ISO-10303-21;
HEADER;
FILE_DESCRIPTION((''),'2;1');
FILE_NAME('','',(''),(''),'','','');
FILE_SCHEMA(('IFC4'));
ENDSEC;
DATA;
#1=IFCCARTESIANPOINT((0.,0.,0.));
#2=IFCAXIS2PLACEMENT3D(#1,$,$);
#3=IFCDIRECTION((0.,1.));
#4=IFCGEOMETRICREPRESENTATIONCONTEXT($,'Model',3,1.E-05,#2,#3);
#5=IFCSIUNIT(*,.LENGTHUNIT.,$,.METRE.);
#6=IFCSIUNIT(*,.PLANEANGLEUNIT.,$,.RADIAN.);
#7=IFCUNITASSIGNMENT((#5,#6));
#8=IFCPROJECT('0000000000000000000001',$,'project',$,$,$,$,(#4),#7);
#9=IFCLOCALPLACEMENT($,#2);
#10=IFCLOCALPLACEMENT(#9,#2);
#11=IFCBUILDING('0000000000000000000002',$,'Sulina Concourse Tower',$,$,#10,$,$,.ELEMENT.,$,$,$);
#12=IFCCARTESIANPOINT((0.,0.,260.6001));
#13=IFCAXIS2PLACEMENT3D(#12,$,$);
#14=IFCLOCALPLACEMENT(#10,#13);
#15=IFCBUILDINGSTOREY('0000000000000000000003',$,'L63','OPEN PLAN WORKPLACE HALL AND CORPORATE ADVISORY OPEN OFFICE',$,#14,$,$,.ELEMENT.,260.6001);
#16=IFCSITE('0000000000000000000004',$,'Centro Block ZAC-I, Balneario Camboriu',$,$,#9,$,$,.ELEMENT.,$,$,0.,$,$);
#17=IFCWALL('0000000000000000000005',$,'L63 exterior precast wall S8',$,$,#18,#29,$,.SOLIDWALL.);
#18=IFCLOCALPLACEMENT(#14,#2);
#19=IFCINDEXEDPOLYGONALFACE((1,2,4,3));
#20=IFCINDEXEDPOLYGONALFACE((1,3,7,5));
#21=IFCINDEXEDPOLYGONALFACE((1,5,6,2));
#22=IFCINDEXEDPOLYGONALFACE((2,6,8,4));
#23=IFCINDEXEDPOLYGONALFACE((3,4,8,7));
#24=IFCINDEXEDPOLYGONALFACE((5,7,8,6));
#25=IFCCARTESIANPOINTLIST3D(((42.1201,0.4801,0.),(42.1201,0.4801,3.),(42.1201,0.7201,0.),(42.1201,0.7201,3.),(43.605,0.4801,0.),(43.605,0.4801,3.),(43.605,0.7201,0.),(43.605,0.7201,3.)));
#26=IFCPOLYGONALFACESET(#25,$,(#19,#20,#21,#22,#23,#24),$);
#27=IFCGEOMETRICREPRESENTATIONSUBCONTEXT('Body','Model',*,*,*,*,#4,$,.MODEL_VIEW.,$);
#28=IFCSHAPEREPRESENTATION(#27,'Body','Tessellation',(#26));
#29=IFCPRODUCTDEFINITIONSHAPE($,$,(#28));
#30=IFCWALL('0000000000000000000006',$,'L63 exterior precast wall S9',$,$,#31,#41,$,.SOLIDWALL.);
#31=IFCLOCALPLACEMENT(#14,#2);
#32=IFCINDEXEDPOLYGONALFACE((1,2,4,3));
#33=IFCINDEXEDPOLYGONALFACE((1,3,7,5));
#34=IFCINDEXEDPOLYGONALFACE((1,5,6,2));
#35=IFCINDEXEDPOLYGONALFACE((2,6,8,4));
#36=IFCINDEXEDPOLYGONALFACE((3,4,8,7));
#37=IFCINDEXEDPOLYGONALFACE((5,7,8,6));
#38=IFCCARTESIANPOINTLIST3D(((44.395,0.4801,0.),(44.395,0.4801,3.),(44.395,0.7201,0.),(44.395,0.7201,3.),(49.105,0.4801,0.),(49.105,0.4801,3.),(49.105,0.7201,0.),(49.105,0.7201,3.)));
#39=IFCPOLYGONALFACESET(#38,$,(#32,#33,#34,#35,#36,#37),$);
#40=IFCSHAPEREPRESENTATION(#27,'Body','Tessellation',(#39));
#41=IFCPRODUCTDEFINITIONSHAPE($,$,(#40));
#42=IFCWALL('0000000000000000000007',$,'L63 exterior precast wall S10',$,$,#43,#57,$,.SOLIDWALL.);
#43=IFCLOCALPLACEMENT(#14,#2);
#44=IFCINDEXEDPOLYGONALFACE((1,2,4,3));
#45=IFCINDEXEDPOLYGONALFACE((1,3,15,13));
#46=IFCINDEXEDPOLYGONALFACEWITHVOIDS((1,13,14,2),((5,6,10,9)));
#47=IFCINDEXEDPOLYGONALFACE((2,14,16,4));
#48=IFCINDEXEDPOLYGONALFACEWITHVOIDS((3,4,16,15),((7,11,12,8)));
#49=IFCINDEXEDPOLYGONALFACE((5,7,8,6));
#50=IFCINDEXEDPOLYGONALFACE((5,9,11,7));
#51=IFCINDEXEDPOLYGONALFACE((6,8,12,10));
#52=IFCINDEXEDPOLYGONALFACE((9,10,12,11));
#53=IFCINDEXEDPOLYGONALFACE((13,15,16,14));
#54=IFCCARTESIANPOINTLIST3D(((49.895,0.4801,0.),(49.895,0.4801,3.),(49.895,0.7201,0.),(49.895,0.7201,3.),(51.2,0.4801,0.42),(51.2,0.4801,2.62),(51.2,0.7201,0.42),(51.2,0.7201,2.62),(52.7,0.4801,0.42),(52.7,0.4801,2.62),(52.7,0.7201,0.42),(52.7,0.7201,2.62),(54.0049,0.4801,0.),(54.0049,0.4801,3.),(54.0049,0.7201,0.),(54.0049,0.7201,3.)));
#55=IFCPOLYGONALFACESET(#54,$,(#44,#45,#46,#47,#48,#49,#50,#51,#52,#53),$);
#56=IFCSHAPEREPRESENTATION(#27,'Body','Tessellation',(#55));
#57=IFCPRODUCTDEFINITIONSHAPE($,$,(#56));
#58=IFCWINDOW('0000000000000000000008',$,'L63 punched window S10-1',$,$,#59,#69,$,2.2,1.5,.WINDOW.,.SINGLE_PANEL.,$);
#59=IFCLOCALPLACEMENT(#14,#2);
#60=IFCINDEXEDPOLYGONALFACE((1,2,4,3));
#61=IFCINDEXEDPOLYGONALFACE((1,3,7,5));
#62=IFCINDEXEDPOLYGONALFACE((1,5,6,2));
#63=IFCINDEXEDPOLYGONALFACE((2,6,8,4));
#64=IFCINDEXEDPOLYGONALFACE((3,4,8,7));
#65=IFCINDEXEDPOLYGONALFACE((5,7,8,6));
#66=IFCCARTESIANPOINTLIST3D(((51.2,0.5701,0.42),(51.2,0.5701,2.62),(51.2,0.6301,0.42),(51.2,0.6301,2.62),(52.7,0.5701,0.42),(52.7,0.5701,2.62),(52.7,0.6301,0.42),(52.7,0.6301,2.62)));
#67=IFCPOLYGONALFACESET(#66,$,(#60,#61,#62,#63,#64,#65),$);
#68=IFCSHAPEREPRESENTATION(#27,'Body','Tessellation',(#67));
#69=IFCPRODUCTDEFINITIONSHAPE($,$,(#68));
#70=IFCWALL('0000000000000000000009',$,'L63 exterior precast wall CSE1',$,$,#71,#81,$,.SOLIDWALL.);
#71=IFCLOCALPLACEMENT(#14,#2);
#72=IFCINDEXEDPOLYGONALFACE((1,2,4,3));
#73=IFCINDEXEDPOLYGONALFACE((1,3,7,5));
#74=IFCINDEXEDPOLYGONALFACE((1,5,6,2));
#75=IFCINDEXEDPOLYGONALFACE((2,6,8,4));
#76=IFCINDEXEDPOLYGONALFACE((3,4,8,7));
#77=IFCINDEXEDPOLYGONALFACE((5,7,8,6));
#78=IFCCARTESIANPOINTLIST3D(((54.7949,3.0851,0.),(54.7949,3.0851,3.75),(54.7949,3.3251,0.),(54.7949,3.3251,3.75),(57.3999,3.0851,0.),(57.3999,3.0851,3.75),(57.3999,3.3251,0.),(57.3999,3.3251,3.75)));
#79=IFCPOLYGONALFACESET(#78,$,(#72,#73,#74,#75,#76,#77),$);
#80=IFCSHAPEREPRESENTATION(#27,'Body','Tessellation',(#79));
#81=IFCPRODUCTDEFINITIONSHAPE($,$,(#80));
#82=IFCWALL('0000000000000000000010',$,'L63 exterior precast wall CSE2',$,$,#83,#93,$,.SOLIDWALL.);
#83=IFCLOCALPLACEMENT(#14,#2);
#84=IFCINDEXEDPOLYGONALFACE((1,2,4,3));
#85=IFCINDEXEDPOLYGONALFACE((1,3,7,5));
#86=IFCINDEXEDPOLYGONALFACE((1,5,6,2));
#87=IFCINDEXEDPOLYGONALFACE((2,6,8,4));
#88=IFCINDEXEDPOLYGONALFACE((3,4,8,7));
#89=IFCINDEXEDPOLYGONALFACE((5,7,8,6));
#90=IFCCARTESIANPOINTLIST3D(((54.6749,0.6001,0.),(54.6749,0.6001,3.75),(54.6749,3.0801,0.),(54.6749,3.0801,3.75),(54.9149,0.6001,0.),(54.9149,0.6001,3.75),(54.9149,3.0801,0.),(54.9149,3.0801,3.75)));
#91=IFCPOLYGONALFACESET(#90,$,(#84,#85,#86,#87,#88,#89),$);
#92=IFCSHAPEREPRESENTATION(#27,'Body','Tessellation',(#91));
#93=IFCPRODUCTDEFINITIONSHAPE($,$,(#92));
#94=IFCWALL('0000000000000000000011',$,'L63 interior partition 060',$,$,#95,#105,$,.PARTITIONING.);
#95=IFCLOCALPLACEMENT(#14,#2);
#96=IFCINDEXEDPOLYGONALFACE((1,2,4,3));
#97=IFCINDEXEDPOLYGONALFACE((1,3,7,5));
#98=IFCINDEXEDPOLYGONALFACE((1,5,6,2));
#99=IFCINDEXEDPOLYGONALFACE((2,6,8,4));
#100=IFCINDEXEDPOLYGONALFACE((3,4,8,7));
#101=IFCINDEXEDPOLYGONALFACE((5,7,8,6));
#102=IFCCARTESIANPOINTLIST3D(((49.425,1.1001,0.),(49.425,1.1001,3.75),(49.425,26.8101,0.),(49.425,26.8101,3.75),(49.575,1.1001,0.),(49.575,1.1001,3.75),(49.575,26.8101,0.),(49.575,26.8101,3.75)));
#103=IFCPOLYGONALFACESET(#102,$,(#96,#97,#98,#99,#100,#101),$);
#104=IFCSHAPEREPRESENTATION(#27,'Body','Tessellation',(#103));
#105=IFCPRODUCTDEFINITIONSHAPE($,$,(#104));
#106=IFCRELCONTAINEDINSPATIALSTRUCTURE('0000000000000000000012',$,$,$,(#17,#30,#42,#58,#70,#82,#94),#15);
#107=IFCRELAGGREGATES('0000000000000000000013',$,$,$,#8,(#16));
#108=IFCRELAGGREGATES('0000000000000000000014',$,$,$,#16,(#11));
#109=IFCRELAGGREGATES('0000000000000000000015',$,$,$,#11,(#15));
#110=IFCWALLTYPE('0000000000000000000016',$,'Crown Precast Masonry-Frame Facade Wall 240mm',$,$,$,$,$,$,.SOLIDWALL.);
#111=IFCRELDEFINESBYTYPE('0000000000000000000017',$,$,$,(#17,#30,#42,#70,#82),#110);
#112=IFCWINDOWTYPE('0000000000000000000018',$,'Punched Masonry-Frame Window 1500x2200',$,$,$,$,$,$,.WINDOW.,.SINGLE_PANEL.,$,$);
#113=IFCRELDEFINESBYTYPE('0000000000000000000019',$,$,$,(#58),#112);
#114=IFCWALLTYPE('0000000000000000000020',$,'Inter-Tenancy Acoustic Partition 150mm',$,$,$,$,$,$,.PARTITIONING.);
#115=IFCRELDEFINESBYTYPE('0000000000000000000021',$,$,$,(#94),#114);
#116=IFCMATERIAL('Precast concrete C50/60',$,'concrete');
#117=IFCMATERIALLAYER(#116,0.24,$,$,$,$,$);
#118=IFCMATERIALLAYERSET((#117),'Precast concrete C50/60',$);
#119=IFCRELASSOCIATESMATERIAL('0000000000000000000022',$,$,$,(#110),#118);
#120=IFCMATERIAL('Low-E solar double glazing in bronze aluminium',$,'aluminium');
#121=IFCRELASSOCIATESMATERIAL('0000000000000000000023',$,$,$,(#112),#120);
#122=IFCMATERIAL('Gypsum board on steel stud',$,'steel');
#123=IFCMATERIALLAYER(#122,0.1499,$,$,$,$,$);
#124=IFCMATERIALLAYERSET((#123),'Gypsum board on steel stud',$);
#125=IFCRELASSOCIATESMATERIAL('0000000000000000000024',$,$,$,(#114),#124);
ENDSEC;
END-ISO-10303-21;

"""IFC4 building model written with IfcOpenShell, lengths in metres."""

from ifc_helpers import new_model, si_unit, direction, frame, frame_2d, origin, place, context, subcontext, project, spatial, rectangle, extrude, material, layer, layer_set, type_object, element, fill, save


model = new_model("IFC4")

# Units and contexts
model_context = context("Model", 3, precision=1e-05, world=origin(), true_north=direction((0.0, 1.0)))
body_context = subcontext(model_context, "Body", "Model", "MODEL_VIEW")
ifc_project = project(units=[si_unit("LENGTHUNIT", "METRE"), si_unit("PLANEANGLEUNIT", "RADIAN")], contexts=[model_context])

# Site, building, storey
site_placement = place(None, origin())
site = spatial("IfcSite", under=ifc_project, at=site_placement, Name="Centro Block ZAC-I, Balneario Camboriu", CompositionType="ELEMENT", RefElevation=0.0)
building_placement = place(site_placement, origin())
building = spatial("IfcBuilding", under=site, at=building_placement, Name="Sulina Concourse Tower", CompositionType="ELEMENT")
storey_placement = place(building_placement, frame((0.0, 0.0, 260.6001)))
storey = spatial("IfcBuildingStorey", under=building, at=storey_placement, Name="L63", Description="OPEN PLAN WORKPLACE HALL AND CORPORATE ADVISORY OPEN OFFICE", CompositionType="ELEMENT", Elevation=260.6001)

# Walls
ifc_material_1 = material(Name="Precast concrete C50/60", Category="concrete")
ifc_layer_1 = layer(ifc_material_1, 0.24)
ifc_layer_set_1 = layer_set([ifc_layer_1], Name="Precast concrete C50/60")
wall_type_1 = type_object("IfcWallType", Name="Crown Precast Masonry-Frame Facade Wall 240mm", PredefinedType="SOLIDWALL", material=ifc_layer_set_1)
wall_1_placement = place(storey_placement, frame((43.605, 0.6001, 0.0), z_axis=(0.0, 0.0, 1.0), x_axis=(-1.0, 0.0, 0.0)))
element("IfcWall", 1, at=wall_1_placement, inside=storey, type_object=wall_type_1, Name="L63 exterior precast wall S8", PredefinedType="SOLIDWALL", context=body_context, shape_type="SweptSolid", body=[
    extrude(rectangle(XDim=1.4849, YDim=0.24, at=frame_2d((0.7424, 0.0))), origin(), (0.0, 0.0, 1.0), 3.0),
])
wall_2_placement = place(storey_placement, frame((49.105, 0.6001, 0.0), z_axis=(0.0, 0.0, 1.0), x_axis=(-1.0, 0.0, 0.0)))
element("IfcWall", 2, at=wall_2_placement, inside=storey, type_object=wall_type_1, Name="L63 exterior precast wall S9", PredefinedType="SOLIDWALL", context=body_context, shape_type="SweptSolid", body=[
    extrude(rectangle(XDim=4.71, YDim=0.24, at=frame_2d((2.355, 0.0))), origin(), (0.0, 0.0, 1.0), 3.0),
])

# Wall, opening, window
wall_3_placement = place(storey_placement, frame((54.0049, 0.6001, 0.0), z_axis=(0.0, 0.0, 1.0), x_axis=(-1.0, 0.0, 0.0)))
wall_3 = element("IfcWall", 3, at=wall_3_placement, inside=storey, type_object=wall_type_1, Name="L63 exterior precast wall S10", PredefinedType="SOLIDWALL", context=body_context, shape_type="SweptSolid", body=[
    extrude(rectangle(XDim=4.1099, YDim=0.24, at=frame_2d((2.0549, 0.0))), origin(), (0.0, 0.0, 1.0), 3.0),
])
opening_placement = place(wall_3_placement, frame((1.3049, 0.0, 0.4199)))
opening = element("IfcOpeningElement", 4, at=opening_placement, cuts=wall_3, PredefinedType="OPENING", context=body_context, shape_type="SweptSolid", body=[
    extrude(rectangle(XDim=1.5, YDim=2.2, at=frame_2d((0.75, 1.1001))), frame((0.0, 0.1299, 0.0), z_axis=(0.0, -1.0, 0.0), x_axis=(1.0, 0.0, 0.0)), (0.0, 0.0, 1.0), 0.26),
])
ifc_material_2 = material(Name="Low-E solar double glazing in bronze aluminium", Category="aluminium")
window_type = type_object("IfcWindowType", Name="Punched Masonry-Frame Window 1500x2200", PartitioningType="SINGLE_PANEL", PredefinedType="WINDOW", material=ifc_material_2)
window_placement = place(opening_placement, origin())
window = element("IfcWindow", 5, at=window_placement, inside=storey, type_object=window_type, Name="L63 punched window S10-1", OverallHeight=2.2, OverallWidth=1.5, PartitioningType="SINGLE_PANEL", PredefinedType="WINDOW", context=body_context, shape_type="SweptSolid", body=[
    extrude(rectangle(XDim=1.5, YDim=2.2, at=frame_2d((0.75, 1.1001))), frame((0.0, 0.03, 0.0), z_axis=(0.0, -1.0, 0.0), x_axis=(1.0, 0.0, 0.0)), (0.0, 0.0, 1.0), 0.0601),
])
fill(opening, window)

# Walls
wall_4_placement = place(storey_placement, frame((57.3999, 3.2051, 0.0), z_axis=(0.0, 0.0, 1.0), x_axis=(-1.0, 0.0, 0.0)))
element("IfcWall", 6, at=wall_4_placement, inside=storey, type_object=wall_type_1, Name="L63 exterior precast wall CSE1", PredefinedType="SOLIDWALL", context=body_context, shape_type="SweptSolid", body=[
    extrude(rectangle(XDim=2.605, YDim=0.24, at=frame_2d((1.3025, 0.0))), origin(), (0.0, 0.0, 1.0), 3.75),
])
wall_5_placement = place(storey_placement, frame((54.7949, 3.0801, 0.0), z_axis=(0.0, 0.0, 1.0), x_axis=(0.0, -1.0, 0.0)))
element("IfcWall", 7, at=wall_5_placement, inside=storey, type_object=wall_type_1, Name="L63 exterior precast wall CSE2", PredefinedType="SOLIDWALL", context=body_context, shape_type="SweptSolid", body=[
    extrude(rectangle(XDim=2.48, YDim=0.24, at=frame_2d((1.24, 0.0))), origin(), (0.0, 0.0, 1.0), 3.75),
])
ifc_material_3 = material(Name="Gypsum board on steel stud", Category="steel")
ifc_layer_2 = layer(ifc_material_3, 0.1499)
ifc_layer_set_2 = layer_set([ifc_layer_2], Name="Gypsum board on steel stud")
wall_type_2 = type_object("IfcWallType", Name="Inter-Tenancy Acoustic Partition 150mm", PredefinedType="PARTITIONING", material=ifc_layer_set_2)
wall_6_placement = place(storey_placement, frame((49.5, 1.1001, 0.0), z_axis=(0.0, 0.0, 1.0), x_axis=(0.0, 1.0, 0.0)))
element("IfcWall", 8, at=wall_6_placement, inside=storey, type_object=wall_type_2, Name="L63 interior partition 060", PredefinedType="PARTITIONING", context=body_context, shape_type="SweptSolid", body=[
    extrude(rectangle(XDim=25.71, YDim=0.1499, at=frame_2d((12.855, 0.0))), origin(), (0.0, 0.0, 1.0), 3.75),
])

save(model, "model.ifc")
